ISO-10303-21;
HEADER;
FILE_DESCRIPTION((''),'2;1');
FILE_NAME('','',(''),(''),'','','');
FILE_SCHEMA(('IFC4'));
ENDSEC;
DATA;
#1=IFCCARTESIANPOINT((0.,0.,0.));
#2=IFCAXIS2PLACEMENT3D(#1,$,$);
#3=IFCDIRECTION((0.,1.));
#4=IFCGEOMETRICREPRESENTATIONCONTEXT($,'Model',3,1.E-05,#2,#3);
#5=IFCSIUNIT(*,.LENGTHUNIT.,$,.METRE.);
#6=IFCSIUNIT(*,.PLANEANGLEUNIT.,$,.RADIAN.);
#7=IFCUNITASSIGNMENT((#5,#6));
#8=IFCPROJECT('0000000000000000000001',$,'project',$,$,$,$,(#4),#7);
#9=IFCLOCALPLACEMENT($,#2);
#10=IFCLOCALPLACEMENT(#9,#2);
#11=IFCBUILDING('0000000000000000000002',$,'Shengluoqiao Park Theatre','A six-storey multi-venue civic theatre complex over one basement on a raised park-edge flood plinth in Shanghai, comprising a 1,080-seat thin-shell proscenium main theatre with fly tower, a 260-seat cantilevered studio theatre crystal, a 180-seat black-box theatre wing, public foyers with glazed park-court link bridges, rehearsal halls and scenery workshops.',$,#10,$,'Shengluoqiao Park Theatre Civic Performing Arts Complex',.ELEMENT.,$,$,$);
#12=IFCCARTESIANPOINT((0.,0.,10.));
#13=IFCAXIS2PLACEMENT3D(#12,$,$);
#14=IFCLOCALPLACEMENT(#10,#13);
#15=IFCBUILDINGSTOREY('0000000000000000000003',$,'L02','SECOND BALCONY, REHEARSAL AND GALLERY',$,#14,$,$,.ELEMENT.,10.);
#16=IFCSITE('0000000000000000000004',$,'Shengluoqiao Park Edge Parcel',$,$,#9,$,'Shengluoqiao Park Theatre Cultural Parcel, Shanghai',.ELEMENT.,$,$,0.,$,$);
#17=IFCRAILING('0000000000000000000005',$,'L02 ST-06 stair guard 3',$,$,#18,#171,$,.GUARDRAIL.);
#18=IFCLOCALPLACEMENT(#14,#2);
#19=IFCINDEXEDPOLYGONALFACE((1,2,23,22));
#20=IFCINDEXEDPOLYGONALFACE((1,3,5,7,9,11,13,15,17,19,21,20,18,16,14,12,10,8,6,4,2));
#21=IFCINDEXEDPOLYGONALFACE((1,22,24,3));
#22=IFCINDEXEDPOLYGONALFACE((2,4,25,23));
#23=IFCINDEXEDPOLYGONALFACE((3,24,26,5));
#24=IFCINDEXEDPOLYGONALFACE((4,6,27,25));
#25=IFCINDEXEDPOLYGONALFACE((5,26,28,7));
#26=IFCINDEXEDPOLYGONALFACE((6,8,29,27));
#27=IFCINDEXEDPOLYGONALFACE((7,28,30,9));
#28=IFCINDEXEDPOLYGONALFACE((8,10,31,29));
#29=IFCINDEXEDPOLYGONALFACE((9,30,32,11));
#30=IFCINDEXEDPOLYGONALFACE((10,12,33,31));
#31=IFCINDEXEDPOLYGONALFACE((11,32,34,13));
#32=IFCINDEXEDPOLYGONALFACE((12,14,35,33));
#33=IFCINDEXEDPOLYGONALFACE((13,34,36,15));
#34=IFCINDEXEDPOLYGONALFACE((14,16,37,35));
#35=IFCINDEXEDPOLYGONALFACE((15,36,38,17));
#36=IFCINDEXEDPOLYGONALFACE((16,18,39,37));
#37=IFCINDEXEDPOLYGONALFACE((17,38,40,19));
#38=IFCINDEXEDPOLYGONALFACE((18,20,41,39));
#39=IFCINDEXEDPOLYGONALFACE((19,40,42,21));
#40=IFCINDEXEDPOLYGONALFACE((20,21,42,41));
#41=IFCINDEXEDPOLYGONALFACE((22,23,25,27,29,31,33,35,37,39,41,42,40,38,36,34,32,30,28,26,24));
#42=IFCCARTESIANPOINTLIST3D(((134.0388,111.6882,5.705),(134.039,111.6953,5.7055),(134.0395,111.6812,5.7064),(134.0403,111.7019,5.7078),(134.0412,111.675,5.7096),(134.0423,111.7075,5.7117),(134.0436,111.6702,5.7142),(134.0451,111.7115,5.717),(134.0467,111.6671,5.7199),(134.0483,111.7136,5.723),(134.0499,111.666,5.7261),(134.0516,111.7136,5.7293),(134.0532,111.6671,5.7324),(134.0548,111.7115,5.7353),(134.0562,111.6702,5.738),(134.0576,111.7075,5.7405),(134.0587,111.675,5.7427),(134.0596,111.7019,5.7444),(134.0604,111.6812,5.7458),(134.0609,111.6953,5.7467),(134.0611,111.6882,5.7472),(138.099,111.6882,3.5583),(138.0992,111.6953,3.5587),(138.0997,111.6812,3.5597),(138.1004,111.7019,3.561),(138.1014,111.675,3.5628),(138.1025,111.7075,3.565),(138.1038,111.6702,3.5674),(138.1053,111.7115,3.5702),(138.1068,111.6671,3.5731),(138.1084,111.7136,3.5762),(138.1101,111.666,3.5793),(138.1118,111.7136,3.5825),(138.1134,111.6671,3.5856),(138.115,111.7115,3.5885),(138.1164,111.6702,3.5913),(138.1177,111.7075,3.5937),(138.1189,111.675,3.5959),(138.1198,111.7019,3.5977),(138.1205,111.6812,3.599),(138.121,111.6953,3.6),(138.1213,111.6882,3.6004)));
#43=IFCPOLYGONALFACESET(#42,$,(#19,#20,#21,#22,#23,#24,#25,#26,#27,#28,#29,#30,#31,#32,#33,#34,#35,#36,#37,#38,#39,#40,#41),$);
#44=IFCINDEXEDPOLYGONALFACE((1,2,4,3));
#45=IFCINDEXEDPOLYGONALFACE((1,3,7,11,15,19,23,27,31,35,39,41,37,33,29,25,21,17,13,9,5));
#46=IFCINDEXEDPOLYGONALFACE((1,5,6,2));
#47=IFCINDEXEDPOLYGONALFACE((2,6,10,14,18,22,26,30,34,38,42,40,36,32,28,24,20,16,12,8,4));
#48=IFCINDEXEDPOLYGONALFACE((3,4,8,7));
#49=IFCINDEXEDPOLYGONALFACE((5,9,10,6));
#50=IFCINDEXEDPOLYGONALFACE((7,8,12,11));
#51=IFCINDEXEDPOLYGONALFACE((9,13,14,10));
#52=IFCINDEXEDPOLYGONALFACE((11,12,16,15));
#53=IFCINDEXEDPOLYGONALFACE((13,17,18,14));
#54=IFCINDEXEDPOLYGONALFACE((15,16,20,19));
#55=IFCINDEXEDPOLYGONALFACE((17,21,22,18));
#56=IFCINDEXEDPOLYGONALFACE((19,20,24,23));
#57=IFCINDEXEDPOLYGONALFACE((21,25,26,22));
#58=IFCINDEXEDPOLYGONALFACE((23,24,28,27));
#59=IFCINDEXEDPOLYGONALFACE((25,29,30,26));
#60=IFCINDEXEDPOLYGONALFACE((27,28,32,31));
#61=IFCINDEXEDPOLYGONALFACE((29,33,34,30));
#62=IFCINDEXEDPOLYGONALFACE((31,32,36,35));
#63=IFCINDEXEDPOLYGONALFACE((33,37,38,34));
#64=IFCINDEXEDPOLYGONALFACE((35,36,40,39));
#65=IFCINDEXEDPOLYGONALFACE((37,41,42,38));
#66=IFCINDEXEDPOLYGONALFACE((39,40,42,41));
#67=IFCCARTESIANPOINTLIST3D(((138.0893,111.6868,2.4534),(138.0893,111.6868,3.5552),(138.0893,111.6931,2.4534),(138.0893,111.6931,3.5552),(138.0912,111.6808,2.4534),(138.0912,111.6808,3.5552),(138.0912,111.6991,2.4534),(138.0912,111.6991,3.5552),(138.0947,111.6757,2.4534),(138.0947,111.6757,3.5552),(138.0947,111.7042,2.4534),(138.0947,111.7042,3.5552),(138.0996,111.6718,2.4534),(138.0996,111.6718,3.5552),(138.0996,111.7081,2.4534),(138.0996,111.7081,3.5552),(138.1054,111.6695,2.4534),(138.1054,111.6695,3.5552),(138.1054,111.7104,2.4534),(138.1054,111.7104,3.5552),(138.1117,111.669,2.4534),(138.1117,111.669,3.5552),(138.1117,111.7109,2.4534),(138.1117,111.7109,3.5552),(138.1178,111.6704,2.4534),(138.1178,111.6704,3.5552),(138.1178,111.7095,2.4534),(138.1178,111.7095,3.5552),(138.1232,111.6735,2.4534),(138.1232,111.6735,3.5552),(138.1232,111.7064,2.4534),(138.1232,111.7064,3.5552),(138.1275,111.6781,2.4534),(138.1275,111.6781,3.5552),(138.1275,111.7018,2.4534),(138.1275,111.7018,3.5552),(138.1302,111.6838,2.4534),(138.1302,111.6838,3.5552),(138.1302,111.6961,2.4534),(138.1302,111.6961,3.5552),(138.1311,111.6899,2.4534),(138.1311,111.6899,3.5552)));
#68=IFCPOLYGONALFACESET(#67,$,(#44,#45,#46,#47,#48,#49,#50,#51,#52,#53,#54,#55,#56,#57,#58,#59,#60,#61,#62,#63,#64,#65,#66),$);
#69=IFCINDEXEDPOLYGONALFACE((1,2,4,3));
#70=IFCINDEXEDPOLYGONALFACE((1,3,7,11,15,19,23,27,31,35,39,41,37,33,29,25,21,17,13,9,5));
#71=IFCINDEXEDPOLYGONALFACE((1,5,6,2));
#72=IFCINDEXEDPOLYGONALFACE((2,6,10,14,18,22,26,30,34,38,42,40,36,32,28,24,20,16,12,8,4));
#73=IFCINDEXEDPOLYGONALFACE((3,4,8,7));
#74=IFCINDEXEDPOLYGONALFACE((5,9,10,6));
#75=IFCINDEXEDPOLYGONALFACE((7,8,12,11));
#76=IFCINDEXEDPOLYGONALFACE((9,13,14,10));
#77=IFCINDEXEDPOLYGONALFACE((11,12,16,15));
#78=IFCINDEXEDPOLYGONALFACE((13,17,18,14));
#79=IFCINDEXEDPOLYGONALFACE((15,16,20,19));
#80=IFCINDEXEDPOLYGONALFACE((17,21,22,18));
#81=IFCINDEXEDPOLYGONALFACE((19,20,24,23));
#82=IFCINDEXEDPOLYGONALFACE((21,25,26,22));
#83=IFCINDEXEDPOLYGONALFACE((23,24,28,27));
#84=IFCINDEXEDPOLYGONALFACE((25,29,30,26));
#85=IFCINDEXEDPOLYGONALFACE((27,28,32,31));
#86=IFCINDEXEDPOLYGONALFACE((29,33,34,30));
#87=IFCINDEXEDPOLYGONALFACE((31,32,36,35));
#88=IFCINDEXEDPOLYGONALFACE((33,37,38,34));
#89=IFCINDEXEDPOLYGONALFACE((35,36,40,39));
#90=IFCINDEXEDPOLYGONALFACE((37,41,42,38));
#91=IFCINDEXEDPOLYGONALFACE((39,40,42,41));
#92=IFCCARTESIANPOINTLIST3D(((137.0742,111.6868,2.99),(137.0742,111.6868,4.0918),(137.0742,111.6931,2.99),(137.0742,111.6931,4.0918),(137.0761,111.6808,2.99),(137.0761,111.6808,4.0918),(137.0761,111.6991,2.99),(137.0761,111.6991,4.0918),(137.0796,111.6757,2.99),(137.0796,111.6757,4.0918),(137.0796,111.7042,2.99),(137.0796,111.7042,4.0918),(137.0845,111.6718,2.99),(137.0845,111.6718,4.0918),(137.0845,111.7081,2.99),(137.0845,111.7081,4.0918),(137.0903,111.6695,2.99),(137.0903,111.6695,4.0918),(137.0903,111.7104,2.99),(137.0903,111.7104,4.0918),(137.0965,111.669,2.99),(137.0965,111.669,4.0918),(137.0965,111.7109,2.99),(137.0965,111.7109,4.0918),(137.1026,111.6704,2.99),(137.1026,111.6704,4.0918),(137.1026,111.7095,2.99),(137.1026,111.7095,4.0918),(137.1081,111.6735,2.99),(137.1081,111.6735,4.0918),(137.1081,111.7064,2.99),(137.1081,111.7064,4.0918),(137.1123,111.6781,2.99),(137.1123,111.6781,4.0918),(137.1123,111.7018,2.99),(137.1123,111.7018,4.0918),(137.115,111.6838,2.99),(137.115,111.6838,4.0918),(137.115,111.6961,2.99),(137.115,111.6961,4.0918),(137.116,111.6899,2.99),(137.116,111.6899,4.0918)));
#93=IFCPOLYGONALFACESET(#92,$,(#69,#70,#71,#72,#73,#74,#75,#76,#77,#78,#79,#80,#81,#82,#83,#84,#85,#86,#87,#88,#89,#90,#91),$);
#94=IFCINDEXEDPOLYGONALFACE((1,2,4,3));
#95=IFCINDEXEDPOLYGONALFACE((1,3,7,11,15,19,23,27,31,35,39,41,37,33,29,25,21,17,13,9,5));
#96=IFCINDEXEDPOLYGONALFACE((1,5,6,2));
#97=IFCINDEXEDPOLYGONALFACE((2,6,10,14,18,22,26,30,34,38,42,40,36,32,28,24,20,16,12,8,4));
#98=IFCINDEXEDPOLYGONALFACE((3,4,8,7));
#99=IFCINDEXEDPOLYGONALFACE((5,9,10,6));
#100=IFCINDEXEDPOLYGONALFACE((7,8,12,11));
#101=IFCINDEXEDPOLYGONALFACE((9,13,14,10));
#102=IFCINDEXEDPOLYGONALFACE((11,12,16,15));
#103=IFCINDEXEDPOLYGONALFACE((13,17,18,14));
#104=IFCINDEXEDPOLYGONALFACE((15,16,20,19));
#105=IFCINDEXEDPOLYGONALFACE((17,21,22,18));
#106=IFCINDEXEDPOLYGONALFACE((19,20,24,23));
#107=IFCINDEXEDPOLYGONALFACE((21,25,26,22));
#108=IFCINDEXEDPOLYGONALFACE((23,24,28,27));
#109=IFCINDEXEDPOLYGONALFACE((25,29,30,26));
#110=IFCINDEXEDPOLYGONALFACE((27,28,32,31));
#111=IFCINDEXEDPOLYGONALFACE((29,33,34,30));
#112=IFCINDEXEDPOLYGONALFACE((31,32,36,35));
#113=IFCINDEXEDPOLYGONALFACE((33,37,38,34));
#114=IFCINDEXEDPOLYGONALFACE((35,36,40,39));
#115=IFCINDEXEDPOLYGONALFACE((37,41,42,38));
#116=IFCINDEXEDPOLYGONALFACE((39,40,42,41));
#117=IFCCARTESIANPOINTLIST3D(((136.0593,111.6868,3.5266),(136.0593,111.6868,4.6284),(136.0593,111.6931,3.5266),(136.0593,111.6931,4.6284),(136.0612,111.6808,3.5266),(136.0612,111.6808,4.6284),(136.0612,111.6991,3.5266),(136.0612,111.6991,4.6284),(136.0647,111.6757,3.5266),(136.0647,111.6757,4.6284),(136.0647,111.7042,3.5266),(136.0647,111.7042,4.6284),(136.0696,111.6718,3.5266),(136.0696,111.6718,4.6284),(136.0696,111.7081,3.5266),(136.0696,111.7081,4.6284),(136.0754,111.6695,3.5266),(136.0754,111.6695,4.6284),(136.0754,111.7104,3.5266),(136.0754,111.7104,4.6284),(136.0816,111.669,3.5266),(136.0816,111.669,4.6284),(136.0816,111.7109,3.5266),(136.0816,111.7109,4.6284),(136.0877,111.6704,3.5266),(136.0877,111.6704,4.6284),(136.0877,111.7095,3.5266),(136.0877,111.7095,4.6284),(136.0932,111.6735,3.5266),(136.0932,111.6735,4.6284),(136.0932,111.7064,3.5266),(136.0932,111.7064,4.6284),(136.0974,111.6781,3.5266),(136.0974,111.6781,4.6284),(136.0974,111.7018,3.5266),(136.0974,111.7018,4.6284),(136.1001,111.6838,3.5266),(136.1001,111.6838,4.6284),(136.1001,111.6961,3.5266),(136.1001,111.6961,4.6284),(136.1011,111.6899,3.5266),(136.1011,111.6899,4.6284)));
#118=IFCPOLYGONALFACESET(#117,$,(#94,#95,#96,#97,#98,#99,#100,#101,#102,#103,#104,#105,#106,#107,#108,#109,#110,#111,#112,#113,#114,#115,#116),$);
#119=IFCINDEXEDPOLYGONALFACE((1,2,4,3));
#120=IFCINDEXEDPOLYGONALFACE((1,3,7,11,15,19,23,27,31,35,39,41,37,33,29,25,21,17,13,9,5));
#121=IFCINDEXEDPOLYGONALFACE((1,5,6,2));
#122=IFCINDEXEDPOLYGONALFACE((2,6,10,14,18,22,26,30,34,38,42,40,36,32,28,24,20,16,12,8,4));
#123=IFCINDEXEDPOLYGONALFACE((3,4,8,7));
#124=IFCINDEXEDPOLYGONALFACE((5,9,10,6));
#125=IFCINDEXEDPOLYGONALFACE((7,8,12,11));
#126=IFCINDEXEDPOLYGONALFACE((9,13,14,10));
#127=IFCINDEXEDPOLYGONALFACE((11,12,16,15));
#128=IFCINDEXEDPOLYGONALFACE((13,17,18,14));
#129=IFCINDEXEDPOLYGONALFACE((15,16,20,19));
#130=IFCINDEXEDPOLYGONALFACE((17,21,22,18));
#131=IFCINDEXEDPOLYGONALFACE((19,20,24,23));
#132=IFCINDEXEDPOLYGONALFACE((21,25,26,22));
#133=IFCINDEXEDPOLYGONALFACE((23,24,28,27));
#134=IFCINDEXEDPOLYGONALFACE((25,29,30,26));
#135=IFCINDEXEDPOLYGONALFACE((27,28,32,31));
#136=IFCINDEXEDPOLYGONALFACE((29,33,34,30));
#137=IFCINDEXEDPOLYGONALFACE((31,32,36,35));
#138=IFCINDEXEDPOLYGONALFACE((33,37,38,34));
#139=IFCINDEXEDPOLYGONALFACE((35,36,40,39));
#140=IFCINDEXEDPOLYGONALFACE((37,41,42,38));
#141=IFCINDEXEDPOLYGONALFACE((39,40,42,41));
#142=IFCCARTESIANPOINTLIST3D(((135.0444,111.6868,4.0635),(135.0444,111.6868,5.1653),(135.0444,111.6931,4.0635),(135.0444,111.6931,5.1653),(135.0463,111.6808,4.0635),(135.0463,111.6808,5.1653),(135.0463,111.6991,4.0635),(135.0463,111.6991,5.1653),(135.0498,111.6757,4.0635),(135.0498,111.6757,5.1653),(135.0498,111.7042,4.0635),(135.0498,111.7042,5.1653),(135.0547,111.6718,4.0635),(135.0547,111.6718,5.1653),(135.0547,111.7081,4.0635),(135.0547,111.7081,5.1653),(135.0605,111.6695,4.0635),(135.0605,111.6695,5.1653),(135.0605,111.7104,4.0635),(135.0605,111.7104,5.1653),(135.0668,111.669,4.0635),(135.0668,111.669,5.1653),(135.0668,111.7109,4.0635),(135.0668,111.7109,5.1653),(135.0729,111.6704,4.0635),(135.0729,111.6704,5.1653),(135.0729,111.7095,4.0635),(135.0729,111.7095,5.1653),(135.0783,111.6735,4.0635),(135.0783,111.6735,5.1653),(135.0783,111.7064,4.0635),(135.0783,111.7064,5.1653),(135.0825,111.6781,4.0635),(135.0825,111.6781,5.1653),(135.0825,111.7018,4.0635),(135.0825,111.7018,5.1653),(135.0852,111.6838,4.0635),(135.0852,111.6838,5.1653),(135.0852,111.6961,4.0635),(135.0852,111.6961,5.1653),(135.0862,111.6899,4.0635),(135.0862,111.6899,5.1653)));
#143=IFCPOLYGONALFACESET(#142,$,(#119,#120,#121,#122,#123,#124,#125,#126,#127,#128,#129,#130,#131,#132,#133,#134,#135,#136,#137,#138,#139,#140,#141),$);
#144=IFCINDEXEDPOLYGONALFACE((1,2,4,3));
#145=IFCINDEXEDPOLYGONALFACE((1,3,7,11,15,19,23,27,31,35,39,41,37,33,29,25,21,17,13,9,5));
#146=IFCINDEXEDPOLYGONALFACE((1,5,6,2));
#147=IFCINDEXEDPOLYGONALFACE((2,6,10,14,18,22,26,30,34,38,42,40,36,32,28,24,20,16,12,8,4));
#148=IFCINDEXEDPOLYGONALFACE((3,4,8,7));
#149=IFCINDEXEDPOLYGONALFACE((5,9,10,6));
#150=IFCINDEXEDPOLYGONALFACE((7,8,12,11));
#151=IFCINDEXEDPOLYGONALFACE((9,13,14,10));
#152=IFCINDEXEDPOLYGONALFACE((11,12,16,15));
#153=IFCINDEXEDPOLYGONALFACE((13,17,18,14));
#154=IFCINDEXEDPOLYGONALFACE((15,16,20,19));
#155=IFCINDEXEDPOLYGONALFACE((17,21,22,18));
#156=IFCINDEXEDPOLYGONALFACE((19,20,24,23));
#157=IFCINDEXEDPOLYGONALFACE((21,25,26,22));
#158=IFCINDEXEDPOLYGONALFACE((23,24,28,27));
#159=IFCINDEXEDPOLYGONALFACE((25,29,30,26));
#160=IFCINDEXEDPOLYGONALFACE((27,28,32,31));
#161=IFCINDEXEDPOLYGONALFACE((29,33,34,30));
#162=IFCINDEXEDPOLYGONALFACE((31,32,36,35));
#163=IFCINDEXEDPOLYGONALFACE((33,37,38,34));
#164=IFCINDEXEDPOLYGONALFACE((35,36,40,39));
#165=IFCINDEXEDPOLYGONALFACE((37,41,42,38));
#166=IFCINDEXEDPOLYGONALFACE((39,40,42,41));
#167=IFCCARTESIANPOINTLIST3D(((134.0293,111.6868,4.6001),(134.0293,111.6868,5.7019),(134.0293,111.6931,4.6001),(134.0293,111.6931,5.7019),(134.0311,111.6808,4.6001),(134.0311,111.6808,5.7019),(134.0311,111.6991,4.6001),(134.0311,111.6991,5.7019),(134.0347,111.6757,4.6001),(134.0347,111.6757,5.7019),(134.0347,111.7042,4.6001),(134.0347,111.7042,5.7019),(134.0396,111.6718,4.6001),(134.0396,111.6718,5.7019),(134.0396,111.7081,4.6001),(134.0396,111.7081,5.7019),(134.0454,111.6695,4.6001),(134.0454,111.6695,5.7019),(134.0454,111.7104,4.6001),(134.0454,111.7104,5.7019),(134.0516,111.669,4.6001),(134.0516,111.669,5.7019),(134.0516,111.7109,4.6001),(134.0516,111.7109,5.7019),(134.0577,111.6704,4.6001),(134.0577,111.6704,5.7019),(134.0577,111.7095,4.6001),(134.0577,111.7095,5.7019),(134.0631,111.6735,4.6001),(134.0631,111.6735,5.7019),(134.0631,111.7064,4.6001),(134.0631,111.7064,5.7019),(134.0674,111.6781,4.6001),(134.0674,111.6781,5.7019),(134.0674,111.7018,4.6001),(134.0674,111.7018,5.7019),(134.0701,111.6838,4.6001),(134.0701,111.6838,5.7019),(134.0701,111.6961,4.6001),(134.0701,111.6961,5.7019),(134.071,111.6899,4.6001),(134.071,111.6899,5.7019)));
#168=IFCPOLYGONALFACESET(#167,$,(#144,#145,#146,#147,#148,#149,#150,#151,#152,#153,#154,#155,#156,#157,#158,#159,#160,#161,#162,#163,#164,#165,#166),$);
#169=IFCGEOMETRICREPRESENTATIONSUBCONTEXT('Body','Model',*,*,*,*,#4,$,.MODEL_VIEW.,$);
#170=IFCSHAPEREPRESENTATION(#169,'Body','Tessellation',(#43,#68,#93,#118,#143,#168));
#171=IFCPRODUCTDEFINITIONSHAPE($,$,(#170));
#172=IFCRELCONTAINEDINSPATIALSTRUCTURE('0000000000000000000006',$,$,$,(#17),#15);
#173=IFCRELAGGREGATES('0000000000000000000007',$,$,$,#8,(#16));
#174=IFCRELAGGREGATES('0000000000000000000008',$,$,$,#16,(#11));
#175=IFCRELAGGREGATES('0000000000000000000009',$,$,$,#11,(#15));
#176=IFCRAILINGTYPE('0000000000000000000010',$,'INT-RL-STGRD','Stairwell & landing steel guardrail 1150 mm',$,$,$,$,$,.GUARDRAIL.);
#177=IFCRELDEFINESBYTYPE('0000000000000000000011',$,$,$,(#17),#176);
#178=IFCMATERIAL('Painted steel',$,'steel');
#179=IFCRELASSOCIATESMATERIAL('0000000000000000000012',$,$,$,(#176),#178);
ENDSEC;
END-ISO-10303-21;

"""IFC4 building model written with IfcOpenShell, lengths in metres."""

from ifc_helpers import new_model, si_unit, direction, frame, origin, origin_2d, place, context, subcontext, project, spatial, circle, extrude, material, type_object, element, save


model = new_model("IFC4")

# Units and contexts
model_context = context("Model", 3, precision=1e-05, world=origin(), true_north=direction((0.0, 1.0)))
body_context = subcontext(model_context, "Body", "Model", "MODEL_VIEW")
ifc_project = project(units=[si_unit("LENGTHUNIT", "METRE"), si_unit("PLANEANGLEUNIT", "RADIAN")], contexts=[model_context])

# Site, building, storey
site_placement = place(None, origin())
site = spatial("IfcSite", under=ifc_project, at=site_placement, Name="Shengluoqiao Park Edge Parcel", LongName="Shengluoqiao Park Theatre Cultural Parcel, Shanghai", CompositionType="ELEMENT", RefElevation=0.0)
building_placement = place(site_placement, origin())
building = spatial("IfcBuilding", under=site, at=building_placement, Name="Shengluoqiao Park Theatre", Description="A six-storey multi-venue civic theatre complex over one basement on a raised park-edge flood plinth in Shanghai, comprising a 1,080-seat thin-shell proscenium main theatre with fly tower, a 260-seat cantilevered studio theatre crystal, a 180-seat black-box theatre wing, public foyers with glazed park-court link bridges, rehearsal halls and scenery workshops.", LongName="Shengluoqiao Park Theatre Civic Performing Arts Complex", CompositionType="ELEMENT")
storey_placement = place(building_placement, frame((0.0, 0.0, 10.0)))
storey = spatial("IfcBuildingStorey", under=building, at=storey_placement, Name="L02", Description="SECOND BALCONY, REHEARSAL AND GALLERY", CompositionType="ELEMENT", Elevation=10.0)

# Railing
ifc_material_1 = material(Name="Painted steel", Category="steel")
railing_type_1 = type_object("IfcRailingType", Name="INT-RL-STGRD", Description="Stairwell & landing steel guardrail 1150 mm", PredefinedType="GUARDRAIL", material=ifc_material_1)
railing_1_placement = place(storey_placement, frame((138.1101, 111.6899, 2.4534)))
element("IfcRailing", 1, at=railing_1_placement, inside=storey, type_object=railing_type_1, Name="L02 ST-06 stair guard 3", PredefinedType="GUARDRAIL", context=body_context, shape_type="SweptSolid", body=[
    extrude(circle(Radius=0.0239, at=origin_2d()), frame((0.0, 0.0, 1.126), z_axis=(-0.884032, 0.0, 0.467426), x_axis=(0.0, -1.0, 0.0)), (0.0, 0.0, 1.0), 4.5928),
    extrude(circle(Radius=0.021, at=origin_2d()), origin(), (0.0, 0.0, 1.0), 1.1018),
    extrude(circle(Radius=0.021, at=origin_2d()), frame((-1.0151, 0.0, 0.5366)), (0.0, 0.0, 1.0), 1.1018),
    extrude(circle(Radius=0.021, at=origin_2d()), frame((-2.03, 0.0, 1.0732)), (0.0, 0.0, 1.0), 1.1018),
    extrude(circle(Radius=0.021, at=origin_2d()), frame((-3.0449, 0.0, 1.6101)), (0.0, 0.0, 1.0), 1.1018),
    extrude(circle(Radius=0.021, at=origin_2d()), frame((-4.0601, 0.0, 2.1467)), (0.0, 0.0, 1.0), 1.1018),
])

save(model, "model.ifc")
